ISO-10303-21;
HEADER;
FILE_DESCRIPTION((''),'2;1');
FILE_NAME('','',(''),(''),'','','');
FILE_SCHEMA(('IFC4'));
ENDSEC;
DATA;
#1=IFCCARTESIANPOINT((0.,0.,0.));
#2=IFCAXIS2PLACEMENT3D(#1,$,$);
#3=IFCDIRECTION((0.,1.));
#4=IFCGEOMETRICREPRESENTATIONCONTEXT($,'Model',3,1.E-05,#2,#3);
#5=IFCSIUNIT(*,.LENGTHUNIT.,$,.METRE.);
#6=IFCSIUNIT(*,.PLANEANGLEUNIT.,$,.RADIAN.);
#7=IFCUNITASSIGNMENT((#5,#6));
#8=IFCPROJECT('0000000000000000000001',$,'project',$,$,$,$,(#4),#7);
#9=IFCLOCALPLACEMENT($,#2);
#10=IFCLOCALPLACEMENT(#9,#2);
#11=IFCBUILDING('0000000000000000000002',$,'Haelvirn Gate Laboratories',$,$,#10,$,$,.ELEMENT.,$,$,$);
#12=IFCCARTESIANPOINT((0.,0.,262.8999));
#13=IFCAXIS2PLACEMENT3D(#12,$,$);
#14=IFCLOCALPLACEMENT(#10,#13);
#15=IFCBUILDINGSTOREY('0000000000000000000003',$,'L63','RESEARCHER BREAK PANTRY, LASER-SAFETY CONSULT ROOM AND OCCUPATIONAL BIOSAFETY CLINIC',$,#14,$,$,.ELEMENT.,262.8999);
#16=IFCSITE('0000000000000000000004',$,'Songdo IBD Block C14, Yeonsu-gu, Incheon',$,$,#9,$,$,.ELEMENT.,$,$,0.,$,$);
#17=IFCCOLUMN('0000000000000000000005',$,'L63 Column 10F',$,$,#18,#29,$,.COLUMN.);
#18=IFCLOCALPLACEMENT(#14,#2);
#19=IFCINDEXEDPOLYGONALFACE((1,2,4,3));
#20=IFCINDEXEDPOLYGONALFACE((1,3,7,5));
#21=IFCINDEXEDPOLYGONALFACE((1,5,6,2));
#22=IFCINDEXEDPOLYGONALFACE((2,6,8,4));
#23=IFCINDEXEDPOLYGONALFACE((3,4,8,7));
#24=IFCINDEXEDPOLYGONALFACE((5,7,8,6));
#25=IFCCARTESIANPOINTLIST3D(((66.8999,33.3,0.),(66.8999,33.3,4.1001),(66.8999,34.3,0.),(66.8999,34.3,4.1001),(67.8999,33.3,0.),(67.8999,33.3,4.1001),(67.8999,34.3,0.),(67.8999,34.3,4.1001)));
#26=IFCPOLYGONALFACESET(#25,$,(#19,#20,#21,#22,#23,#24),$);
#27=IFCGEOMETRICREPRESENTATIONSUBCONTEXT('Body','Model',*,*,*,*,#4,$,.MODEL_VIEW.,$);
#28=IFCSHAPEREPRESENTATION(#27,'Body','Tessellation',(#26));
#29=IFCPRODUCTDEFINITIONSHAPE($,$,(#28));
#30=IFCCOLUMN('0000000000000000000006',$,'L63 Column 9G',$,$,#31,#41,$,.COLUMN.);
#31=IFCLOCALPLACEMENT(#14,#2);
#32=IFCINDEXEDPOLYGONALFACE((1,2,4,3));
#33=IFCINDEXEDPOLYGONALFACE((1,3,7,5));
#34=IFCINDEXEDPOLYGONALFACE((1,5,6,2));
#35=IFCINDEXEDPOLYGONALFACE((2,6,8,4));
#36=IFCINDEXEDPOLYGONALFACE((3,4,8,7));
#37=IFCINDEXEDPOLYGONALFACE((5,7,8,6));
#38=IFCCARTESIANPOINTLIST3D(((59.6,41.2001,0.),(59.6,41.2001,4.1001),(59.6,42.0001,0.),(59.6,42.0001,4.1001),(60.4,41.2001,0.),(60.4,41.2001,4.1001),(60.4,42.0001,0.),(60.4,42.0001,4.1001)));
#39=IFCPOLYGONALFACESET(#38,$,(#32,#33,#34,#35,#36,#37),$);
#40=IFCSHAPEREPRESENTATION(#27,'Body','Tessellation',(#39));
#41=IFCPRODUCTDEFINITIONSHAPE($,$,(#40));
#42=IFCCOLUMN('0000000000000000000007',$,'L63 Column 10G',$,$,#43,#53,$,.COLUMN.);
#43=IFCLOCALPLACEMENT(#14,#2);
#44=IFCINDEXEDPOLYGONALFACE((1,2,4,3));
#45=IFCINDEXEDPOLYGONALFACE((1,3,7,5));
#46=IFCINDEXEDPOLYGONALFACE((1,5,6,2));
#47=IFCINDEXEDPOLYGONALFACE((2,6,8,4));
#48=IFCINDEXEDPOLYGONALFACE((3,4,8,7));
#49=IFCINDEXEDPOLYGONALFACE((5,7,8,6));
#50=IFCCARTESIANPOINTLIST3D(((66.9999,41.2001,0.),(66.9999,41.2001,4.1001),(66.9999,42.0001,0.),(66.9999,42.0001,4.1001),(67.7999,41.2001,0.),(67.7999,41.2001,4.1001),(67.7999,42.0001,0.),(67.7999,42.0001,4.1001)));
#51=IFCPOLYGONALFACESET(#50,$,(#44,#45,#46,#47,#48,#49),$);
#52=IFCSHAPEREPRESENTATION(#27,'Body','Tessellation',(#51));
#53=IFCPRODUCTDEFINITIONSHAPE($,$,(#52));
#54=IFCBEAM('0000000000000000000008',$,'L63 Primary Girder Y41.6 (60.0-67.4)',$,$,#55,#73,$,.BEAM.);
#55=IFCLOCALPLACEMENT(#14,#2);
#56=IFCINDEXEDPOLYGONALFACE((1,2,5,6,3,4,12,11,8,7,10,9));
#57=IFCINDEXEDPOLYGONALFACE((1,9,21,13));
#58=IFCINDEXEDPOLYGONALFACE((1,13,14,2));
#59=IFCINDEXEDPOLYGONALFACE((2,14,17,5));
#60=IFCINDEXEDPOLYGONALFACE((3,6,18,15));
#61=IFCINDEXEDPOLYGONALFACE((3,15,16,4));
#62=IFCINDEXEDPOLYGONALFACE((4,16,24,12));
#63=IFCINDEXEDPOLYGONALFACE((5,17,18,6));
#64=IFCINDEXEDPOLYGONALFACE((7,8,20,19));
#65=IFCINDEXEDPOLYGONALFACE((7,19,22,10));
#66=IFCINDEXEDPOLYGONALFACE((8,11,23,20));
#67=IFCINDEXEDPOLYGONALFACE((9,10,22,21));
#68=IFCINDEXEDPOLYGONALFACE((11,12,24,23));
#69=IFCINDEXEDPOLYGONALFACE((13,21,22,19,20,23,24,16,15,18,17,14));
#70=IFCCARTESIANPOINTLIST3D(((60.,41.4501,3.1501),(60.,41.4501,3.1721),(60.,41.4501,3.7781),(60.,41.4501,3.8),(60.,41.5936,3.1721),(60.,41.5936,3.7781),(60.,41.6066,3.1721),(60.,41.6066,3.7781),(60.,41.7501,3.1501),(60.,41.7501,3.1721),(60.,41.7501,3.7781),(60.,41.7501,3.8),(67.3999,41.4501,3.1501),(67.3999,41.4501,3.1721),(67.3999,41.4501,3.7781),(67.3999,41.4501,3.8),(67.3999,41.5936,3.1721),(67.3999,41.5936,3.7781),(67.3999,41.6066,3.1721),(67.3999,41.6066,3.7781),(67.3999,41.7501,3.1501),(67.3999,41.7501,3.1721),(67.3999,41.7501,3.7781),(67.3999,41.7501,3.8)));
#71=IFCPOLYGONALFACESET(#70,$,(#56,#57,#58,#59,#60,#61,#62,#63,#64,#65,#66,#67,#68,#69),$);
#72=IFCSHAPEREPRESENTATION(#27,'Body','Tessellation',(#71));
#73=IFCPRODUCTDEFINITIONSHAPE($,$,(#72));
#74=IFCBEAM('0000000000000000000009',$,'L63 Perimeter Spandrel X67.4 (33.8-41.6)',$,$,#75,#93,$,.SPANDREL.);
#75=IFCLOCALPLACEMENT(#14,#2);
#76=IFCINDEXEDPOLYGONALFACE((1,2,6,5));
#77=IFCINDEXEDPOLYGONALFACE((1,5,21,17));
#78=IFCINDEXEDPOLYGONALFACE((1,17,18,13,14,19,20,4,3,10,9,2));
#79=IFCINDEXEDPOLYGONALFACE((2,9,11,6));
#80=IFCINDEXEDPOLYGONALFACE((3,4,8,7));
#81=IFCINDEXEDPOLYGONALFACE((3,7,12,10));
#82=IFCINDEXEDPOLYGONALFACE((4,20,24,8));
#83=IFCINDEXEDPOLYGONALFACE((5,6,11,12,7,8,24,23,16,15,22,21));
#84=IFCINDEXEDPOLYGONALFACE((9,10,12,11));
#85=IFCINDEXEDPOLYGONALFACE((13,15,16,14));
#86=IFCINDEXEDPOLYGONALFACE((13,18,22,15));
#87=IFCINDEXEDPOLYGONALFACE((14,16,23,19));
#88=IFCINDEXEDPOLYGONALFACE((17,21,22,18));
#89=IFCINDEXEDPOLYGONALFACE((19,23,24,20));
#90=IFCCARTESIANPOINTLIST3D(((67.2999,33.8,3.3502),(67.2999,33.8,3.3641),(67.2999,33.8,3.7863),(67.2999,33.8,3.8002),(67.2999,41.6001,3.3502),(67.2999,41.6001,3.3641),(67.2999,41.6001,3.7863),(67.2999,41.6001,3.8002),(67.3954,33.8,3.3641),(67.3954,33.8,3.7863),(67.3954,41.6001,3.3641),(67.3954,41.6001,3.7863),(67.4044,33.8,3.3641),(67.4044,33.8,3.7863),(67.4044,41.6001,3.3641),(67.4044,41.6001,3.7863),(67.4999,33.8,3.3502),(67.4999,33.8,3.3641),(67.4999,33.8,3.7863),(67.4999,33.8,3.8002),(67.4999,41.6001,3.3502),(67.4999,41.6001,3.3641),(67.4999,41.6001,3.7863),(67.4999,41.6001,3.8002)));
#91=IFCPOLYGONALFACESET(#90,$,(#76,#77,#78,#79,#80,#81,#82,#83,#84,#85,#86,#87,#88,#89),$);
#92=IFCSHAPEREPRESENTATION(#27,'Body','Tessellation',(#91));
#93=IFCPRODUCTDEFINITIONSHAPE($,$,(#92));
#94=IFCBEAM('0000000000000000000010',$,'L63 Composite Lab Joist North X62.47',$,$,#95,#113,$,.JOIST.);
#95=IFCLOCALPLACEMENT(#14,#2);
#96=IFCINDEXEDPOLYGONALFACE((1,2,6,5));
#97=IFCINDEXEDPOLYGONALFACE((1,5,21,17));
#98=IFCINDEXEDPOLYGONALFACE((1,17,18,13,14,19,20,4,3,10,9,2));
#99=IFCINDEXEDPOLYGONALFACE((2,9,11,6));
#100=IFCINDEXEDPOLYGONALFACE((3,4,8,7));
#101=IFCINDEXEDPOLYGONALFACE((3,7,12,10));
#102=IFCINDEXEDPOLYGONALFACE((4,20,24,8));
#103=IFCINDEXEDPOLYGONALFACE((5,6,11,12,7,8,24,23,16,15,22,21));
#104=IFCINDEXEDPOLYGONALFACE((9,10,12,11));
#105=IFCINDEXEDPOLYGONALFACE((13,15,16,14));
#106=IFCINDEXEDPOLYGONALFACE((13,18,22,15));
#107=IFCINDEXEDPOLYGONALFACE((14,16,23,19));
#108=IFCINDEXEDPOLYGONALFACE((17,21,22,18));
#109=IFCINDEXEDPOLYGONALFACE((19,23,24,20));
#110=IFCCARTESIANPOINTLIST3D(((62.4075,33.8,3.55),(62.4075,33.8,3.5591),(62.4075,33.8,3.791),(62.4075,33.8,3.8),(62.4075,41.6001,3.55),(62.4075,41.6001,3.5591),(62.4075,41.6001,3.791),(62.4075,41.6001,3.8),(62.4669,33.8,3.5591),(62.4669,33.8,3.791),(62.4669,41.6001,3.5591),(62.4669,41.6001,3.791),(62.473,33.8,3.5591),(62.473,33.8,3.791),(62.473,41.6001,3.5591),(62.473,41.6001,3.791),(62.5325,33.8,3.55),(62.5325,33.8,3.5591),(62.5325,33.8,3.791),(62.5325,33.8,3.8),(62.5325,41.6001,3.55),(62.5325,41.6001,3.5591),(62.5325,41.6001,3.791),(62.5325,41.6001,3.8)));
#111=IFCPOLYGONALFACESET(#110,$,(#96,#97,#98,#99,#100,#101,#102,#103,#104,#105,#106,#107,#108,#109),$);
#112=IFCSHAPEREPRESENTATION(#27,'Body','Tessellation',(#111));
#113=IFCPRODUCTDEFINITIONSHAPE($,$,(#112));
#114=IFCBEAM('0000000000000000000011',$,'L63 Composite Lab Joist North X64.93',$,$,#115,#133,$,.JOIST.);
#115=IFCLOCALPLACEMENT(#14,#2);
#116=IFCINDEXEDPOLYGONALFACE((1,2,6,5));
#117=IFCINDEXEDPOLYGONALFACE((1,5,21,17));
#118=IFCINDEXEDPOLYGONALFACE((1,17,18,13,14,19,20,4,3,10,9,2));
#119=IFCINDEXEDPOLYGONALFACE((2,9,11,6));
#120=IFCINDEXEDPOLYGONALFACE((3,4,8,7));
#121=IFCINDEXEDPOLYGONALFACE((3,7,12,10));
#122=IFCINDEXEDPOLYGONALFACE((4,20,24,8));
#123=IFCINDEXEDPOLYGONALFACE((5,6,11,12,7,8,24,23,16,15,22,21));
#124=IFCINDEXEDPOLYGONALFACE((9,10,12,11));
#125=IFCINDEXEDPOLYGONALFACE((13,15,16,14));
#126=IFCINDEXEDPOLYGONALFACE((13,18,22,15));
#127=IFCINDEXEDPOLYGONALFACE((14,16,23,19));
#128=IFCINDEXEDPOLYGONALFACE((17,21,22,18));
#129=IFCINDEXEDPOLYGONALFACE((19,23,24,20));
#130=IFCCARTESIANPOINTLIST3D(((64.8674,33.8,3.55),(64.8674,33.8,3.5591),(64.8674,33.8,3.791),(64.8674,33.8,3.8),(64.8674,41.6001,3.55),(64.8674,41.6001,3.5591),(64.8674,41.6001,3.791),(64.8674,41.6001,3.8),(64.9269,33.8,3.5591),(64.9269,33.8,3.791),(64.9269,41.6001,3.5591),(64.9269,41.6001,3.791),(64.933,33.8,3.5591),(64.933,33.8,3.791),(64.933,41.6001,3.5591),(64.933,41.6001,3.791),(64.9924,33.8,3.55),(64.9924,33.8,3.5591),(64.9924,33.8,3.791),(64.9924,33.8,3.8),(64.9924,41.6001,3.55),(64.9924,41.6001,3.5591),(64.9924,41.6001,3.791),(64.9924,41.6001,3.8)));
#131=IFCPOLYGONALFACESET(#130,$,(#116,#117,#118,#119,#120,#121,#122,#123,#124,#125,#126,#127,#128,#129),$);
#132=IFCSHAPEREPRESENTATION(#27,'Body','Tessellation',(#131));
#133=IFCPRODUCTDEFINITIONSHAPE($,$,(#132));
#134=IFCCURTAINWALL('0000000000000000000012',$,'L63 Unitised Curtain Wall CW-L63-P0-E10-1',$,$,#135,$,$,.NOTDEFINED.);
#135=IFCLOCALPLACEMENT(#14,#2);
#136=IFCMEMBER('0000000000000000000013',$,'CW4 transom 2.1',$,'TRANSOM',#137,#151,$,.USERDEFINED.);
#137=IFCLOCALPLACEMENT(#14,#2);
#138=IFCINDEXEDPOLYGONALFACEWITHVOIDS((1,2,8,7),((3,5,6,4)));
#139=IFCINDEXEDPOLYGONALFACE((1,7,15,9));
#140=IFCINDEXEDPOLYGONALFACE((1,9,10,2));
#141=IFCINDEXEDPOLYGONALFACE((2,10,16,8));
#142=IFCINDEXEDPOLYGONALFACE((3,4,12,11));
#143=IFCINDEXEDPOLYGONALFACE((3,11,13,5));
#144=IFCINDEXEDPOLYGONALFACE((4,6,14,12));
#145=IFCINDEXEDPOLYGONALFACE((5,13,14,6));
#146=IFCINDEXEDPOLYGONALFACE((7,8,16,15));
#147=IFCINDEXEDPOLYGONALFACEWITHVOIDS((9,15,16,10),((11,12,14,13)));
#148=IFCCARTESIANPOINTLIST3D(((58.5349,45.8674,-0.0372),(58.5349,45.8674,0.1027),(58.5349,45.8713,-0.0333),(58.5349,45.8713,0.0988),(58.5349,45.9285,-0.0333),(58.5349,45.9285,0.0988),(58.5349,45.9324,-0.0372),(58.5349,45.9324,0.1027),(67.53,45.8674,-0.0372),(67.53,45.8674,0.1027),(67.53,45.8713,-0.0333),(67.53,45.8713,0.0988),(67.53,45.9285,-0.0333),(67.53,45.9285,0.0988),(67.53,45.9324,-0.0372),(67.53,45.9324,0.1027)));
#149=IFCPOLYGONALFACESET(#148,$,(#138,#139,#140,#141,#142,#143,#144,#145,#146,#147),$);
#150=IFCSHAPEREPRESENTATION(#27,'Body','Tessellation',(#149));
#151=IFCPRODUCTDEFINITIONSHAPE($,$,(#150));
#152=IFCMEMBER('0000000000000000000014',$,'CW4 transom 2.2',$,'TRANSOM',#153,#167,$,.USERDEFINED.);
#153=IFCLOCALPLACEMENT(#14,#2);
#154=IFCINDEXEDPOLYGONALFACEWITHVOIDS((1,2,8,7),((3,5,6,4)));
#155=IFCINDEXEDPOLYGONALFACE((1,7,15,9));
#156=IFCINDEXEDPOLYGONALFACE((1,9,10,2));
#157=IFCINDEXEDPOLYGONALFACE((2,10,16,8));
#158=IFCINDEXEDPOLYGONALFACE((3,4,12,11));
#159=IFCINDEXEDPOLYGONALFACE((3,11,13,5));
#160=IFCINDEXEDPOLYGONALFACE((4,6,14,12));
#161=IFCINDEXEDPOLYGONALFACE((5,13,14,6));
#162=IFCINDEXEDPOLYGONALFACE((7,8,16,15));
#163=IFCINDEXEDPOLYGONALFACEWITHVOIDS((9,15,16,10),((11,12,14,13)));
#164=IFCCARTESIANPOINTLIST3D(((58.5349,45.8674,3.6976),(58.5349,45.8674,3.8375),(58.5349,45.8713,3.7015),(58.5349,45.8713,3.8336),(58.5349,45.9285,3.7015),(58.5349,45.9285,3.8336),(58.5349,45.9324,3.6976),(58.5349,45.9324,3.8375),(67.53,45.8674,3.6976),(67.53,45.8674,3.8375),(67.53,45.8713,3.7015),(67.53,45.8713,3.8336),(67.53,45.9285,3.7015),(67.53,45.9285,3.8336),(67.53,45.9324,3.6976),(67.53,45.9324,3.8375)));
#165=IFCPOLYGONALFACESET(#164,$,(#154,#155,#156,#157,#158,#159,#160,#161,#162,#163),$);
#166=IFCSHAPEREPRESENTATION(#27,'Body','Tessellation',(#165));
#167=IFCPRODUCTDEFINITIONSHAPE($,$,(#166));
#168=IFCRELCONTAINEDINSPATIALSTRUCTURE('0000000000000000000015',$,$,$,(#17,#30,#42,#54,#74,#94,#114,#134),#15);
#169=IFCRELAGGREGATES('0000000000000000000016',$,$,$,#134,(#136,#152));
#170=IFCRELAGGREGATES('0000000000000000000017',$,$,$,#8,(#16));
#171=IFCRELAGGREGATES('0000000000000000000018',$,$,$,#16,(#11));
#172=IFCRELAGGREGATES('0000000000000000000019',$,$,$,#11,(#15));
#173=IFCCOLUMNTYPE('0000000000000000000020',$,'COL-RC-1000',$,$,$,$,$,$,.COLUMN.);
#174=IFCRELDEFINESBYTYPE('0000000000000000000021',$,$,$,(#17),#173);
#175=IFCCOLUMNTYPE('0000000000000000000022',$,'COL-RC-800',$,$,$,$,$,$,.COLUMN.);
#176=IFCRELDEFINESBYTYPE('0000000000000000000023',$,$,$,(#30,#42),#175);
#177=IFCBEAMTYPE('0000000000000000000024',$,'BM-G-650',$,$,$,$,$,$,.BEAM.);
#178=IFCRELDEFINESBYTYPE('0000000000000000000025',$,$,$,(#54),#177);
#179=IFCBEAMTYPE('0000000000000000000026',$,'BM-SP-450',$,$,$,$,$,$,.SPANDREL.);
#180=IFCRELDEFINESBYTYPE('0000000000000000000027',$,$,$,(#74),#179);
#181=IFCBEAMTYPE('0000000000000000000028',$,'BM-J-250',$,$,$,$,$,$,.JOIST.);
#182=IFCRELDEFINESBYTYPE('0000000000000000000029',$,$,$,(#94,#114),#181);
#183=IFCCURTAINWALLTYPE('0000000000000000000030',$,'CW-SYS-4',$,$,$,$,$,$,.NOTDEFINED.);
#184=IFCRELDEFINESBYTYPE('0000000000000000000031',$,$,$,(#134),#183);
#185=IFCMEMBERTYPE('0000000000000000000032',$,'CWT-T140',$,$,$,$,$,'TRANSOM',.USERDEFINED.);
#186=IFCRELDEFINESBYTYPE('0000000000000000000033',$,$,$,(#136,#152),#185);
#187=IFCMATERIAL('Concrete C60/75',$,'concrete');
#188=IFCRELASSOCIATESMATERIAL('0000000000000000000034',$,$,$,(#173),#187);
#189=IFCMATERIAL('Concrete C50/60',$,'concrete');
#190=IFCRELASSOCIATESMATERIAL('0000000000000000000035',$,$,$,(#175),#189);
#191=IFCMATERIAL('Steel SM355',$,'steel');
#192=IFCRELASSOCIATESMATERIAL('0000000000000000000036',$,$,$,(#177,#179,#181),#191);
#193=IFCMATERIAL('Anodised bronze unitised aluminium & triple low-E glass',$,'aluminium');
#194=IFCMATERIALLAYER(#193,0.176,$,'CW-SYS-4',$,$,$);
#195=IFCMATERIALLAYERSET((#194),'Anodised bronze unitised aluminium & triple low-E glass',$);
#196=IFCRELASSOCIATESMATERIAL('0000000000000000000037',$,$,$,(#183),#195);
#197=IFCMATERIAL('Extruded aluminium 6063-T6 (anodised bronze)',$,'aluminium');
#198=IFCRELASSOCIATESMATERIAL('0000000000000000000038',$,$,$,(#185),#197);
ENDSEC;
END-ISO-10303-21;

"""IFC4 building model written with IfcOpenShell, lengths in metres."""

from ifc_helpers import new_model, si_unit, direction, frame, origin, origin_2d, place, context, subcontext, project, spatial, rectangle, hollow_rectangle, i_section, extrude, source, transform, mapped, material, layer, layer_set, material_profile, profile_set, type_object, type_shapes, element, aggregate, save


model = new_model("IFC4")

# Units and contexts
model_context = context("Model", 3, precision=1e-05, world=origin(), true_north=direction((0.0, 1.0)))
body_context = subcontext(model_context, "Body", "Model", "MODEL_VIEW")
ifc_project = project(units=[si_unit("LENGTHUNIT", "METRE"), si_unit("PLANEANGLEUNIT", "RADIAN")], contexts=[model_context])

# Site, building, storey
site_placement = place(None, origin())
site = spatial("IfcSite", under=ifc_project, at=site_placement, Name="Songdo IBD Block C14, Yeonsu-gu, Incheon", CompositionType="ELEMENT", RefElevation=0.0)
building_placement = place(site_placement, origin())
building = spatial("IfcBuilding", under=site, at=building_placement, Name="Haelvirn Gate Laboratories", CompositionType="ELEMENT")
storey_placement = place(building_placement, frame((0.0, 0.0, 262.8999)))
storey = spatial("IfcBuildingStorey", under=building, at=storey_placement, Name="L63", Description="RESEARCHER BREAK PANTRY, LASER-SAFETY CONSULT ROOM AND OCCUPATIONAL BIOSAFETY CLINIC", CompositionType="ELEMENT", Elevation=262.8999)

# Columns
ifc_material_1 = material(Name="Concrete C60/75", Category="concrete")
ifc_material_profile_1 = material_profile(ifc_material_1, rectangle(XDim=1.0, YDim=1.0, at=origin_2d()), Name="RC-1000x1000")
ifc_profile_set_1 = profile_set([ifc_material_profile_1], Name="Concrete C60/75")
column_type_1 = type_object("IfcColumnType", Name="COL-RC-1000", PredefinedType="COLUMN", material=ifc_profile_set_1)
shared_shape_1 = source(origin(), body_context, "Body", "SweptSolid", [
    extrude(rectangle(XDim=1.0, YDim=1.0, at=origin_2d()), origin(), (0.0, 0.0, 1.0), 4.1001),
])
type_shapes(column_type_1, [shared_shape_1])
column_placement = place(storey_placement, frame((67.3999, 33.8, 0.0), z_axis=(0.0, 0.0, 1.0), x_axis=(1.0, 0.0, 0.0)))
element("IfcColumn", 1, at=column_placement, inside=storey, type_object=column_type_1, Name="L63 Column 10F", PredefinedType="COLUMN", context=body_context, shape_type="MappedRepresentation", body=[
    mapped(shared_shape_1, transform((0.0, 0.0, 0.0), scale=1.0)),
])
ifc_material_2 = material(Name="Concrete C50/60", Category="concrete")
ifc_material_profile_2 = material_profile(ifc_material_2, rectangle(XDim=0.8, YDim=0.8, at=origin_2d()), Name="RC-800x800")
ifc_profile_set_2 = profile_set([ifc_material_profile_2], Name="Concrete C50/60")
column_type_2 = type_object("IfcColumnType", Name="COL-RC-800", PredefinedType="COLUMN", material=ifc_profile_set_2)
shared_shape_2 = source(origin(), body_context, "Body", "SweptSolid", [
    extrude(rectangle(XDim=0.8, YDim=0.8, at=origin_2d()), origin(), (0.0, 0.0, 1.0), 4.1001),
])
type_shapes(column_type_2, [shared_shape_2])
for number, where, z_axis, x_axis, name in (
    (2, (60.0, 41.6001, 0.0), (0.0, 0.0, 1.0), (1.0, 0.0, 0.0), "L63 Column 9G"),
    (3, (67.3999, 41.6001, 0.0), (0.0, 0.0, 1.0), (1.0, 0.0, 0.0), "L63 Column 10G"),
):
    element("IfcColumn", number, at=place(storey_placement, frame(where, z_axis=z_axis, x_axis=x_axis)), inside=storey, type_object=column_type_2, Name=name, PredefinedType="COLUMN", context=body_context, shape_type="MappedRepresentation", body=[
        mapped(shared_shape_2, transform((0.0, 0.0, 0.0), scale=1.0)),
    ])

# Beams
ifc_material_3 = material(Name="Steel SM355", Category="steel")
ifc_material_profile_3 = material_profile(ifc_material_3, i_section(OverallWidth=0.3, OverallDepth=0.6499, WebThickness=0.0129, FlangeThickness=0.022, at=origin_2d()), Name="H-650x300x13x22")
ifc_profile_set_3 = profile_set([ifc_material_profile_3], Name="Steel SM355")
beam_type_1 = type_object("IfcBeamType", Name="BM-G-650", PredefinedType="BEAM", material=ifc_profile_set_3)
shared_shape_3 = source(origin(), body_context, "Body", "SweptSolid", [
    extrude(i_section(OverallWidth=0.3, OverallDepth=0.6499, WebThickness=0.0129, FlangeThickness=0.022, at=origin_2d()), origin(), (0.0, 0.0, 1.0), 7.3999),
])
type_shapes(beam_type_1, [shared_shape_3])
beam_1_placement = place(storey_placement, frame((60.0, 41.6001, 3.4751), z_axis=(1.0, 0.0, 0.0), x_axis=(0.0, 1.0, 0.0)))
element("IfcBeam", 4, at=beam_1_placement, inside=storey, type_object=beam_type_1, Name="L63 Primary Girder Y41.6 (60.0-67.4)", PredefinedType="BEAM", context=body_context, shape_type="MappedRepresentation", body=[
    mapped(shared_shape_3, transform((0.0, 0.0, 0.0), scale=1.0)),
])
ifc_material_profile_4 = material_profile(ifc_material_3, i_section(OverallWidth=0.2, OverallDepth=0.45, WebThickness=0.009, FlangeThickness=0.0139, at=origin_2d()), Name="H-450x200x9x14")
ifc_profile_set_4 = profile_set([ifc_material_profile_4], Name="Steel SM355")
beam_type_2 = type_object("IfcBeamType", Name="BM-SP-450", PredefinedType="SPANDREL", material=ifc_profile_set_4)
shared_shape_4 = source(origin(), body_context, "Body", "SweptSolid", [
    extrude(i_section(OverallWidth=0.2, OverallDepth=0.45, WebThickness=0.009, FlangeThickness=0.0139, at=origin_2d()), origin(), (0.0, 0.0, 1.0), 7.8),
])
type_shapes(beam_type_2, [shared_shape_4])
beam_2_placement = place(storey_placement, frame((67.3999, 33.8, 3.5752), z_axis=(0.0, 1.0, 0.0), x_axis=(-1.0, 0.0, 0.0)))
element("IfcBeam", 5, at=beam_2_placement, inside=storey, type_object=beam_type_2, Name="L63 Perimeter Spandrel X67.4 (33.8-41.6)", PredefinedType="SPANDREL", context=body_context, shape_type="MappedRepresentation", body=[
    mapped(shared_shape_4, transform((0.0, 0.0, 0.0), scale=1.0)),
])
ifc_material_profile_5 = material_profile(ifc_material_3, i_section(OverallWidth=0.125, OverallDepth=0.25, WebThickness=0.0061, FlangeThickness=0.009, at=origin_2d()), Name="H-250x125x6x9")
ifc_profile_set_5 = profile_set([ifc_material_profile_5], Name="Steel SM355")
beam_type_3 = type_object("IfcBeamType", Name="BM-J-250", PredefinedType="JOIST", material=ifc_profile_set_5)
shared_shape_5 = source(origin(), body_context, "Body", "SweptSolid", [
    extrude(i_section(OverallWidth=0.125, OverallDepth=0.25, WebThickness=0.0061, FlangeThickness=0.009, at=origin_2d()), origin(), (0.0, 0.0, 1.0), 7.8),
])
type_shapes(beam_type_3, [shared_shape_5])
for number, where, z_axis, x_axis, name in (
    (6, (62.47, 33.8, 3.675), (0.0, 1.0, 0.0), (-1.0, 0.0, 0.0), "L63 Composite Lab Joist North X62.47"),
    (7, (64.9299, 33.8, 3.675), (0.0, 1.0, 0.0), (-1.0, 0.0, 0.0), "L63 Composite Lab Joist North X64.93"),
):
    element("IfcBeam", number, at=place(storey_placement, frame(where, z_axis=z_axis, x_axis=x_axis)), inside=storey, type_object=beam_type_3, Name=name, PredefinedType="JOIST", context=body_context, shape_type="MappedRepresentation", body=[
        mapped(shared_shape_5, transform((0.0, 0.0, 0.0), scale=1.0)),
    ])

# Curtain wall, members
ifc_material_4 = material(Name="Anodised bronze unitised aluminium & triple low-E glass", Category="aluminium")
ifc_layer_1 = layer(ifc_material_4, 0.176, Name="CW-SYS-4")
ifc_layer_set_1 = layer_set([ifc_layer_1], Name="Anodised bronze unitised aluminium & triple low-E glass")
curtain_wall_type_1 = type_object("IfcCurtainWallType", Name="CW-SYS-4", PredefinedType="NOTDEFINED", material=ifc_layer_set_1)
curtain_wall_1_placement = place(storey_placement, origin())
curtain_wall_1 = element("IfcCurtainWall", 8, at=curtain_wall_1_placement, inside=storey, type_object=curtain_wall_type_1, Name="L63 Unitised Curtain Wall CW-L63-P0-E10-1", PredefinedType="NOTDEFINED")
ifc_material_5 = material(Name="Extruded aluminium 6063-T6 (anodised bronze)", Category="aluminium")
ifc_material_profile_6 = material_profile(ifc_material_5, hollow_rectangle(XDim=0.0649, YDim=0.1399, WallThickness=0.0039, at=origin_2d()), Name="CWT-140x65x4")
ifc_profile_set_6 = profile_set([ifc_material_profile_6], Name="Extruded aluminium 6063-T6 (anodised bronze)")
member_type_1 = type_object("IfcMemberType", Name="CWT-T140", ElementType="TRANSOM", PredefinedType="USERDEFINED", material=ifc_profile_set_6)
shared_shape_6 = source(origin(), body_context, "Body", "SweptSolid", [
    extrude(hollow_rectangle(XDim=0.0649, YDim=0.1399, WallThickness=0.0039, at=origin_2d()), origin(), (0.0, 0.0, 1.0), 8.9951),
])
member_1_placement = place(storey_placement, frame((58.5349, 45.8999, 0.0327), z_axis=(1.0, 0.0, 0.0), x_axis=(0.0, 1.0, 0.0)))
member_1 = element("IfcMember", 9, at=member_1_placement, type_object=member_type_1, Name="CW4 transom 2.1", ObjectType="TRANSOM", PredefinedType="USERDEFINED", context=body_context, shape_type="MappedRepresentation", body=[
    mapped(shared_shape_6, transform((0.0, 0.0, 0.0), scale=1.0)),
])
member_2_placement = place(storey_placement, frame((58.5349, 45.8999, 3.7676), z_axis=(1.0, 0.0, 0.0), x_axis=(0.0, 1.0, 0.0)))
member_2 = element("IfcMember", 10, at=member_2_placement, type_object=member_type_1, Name="CW4 transom 2.2", ObjectType="TRANSOM", PredefinedType="USERDEFINED", context=body_context, shape_type="MappedRepresentation", body=[
    mapped(shared_shape_6, transform((0.0, 0.0, 0.0), scale=1.0)),
])

aggregate(curtain_wall_1, [member_1, member_2])

save(model, "model.ifc")
